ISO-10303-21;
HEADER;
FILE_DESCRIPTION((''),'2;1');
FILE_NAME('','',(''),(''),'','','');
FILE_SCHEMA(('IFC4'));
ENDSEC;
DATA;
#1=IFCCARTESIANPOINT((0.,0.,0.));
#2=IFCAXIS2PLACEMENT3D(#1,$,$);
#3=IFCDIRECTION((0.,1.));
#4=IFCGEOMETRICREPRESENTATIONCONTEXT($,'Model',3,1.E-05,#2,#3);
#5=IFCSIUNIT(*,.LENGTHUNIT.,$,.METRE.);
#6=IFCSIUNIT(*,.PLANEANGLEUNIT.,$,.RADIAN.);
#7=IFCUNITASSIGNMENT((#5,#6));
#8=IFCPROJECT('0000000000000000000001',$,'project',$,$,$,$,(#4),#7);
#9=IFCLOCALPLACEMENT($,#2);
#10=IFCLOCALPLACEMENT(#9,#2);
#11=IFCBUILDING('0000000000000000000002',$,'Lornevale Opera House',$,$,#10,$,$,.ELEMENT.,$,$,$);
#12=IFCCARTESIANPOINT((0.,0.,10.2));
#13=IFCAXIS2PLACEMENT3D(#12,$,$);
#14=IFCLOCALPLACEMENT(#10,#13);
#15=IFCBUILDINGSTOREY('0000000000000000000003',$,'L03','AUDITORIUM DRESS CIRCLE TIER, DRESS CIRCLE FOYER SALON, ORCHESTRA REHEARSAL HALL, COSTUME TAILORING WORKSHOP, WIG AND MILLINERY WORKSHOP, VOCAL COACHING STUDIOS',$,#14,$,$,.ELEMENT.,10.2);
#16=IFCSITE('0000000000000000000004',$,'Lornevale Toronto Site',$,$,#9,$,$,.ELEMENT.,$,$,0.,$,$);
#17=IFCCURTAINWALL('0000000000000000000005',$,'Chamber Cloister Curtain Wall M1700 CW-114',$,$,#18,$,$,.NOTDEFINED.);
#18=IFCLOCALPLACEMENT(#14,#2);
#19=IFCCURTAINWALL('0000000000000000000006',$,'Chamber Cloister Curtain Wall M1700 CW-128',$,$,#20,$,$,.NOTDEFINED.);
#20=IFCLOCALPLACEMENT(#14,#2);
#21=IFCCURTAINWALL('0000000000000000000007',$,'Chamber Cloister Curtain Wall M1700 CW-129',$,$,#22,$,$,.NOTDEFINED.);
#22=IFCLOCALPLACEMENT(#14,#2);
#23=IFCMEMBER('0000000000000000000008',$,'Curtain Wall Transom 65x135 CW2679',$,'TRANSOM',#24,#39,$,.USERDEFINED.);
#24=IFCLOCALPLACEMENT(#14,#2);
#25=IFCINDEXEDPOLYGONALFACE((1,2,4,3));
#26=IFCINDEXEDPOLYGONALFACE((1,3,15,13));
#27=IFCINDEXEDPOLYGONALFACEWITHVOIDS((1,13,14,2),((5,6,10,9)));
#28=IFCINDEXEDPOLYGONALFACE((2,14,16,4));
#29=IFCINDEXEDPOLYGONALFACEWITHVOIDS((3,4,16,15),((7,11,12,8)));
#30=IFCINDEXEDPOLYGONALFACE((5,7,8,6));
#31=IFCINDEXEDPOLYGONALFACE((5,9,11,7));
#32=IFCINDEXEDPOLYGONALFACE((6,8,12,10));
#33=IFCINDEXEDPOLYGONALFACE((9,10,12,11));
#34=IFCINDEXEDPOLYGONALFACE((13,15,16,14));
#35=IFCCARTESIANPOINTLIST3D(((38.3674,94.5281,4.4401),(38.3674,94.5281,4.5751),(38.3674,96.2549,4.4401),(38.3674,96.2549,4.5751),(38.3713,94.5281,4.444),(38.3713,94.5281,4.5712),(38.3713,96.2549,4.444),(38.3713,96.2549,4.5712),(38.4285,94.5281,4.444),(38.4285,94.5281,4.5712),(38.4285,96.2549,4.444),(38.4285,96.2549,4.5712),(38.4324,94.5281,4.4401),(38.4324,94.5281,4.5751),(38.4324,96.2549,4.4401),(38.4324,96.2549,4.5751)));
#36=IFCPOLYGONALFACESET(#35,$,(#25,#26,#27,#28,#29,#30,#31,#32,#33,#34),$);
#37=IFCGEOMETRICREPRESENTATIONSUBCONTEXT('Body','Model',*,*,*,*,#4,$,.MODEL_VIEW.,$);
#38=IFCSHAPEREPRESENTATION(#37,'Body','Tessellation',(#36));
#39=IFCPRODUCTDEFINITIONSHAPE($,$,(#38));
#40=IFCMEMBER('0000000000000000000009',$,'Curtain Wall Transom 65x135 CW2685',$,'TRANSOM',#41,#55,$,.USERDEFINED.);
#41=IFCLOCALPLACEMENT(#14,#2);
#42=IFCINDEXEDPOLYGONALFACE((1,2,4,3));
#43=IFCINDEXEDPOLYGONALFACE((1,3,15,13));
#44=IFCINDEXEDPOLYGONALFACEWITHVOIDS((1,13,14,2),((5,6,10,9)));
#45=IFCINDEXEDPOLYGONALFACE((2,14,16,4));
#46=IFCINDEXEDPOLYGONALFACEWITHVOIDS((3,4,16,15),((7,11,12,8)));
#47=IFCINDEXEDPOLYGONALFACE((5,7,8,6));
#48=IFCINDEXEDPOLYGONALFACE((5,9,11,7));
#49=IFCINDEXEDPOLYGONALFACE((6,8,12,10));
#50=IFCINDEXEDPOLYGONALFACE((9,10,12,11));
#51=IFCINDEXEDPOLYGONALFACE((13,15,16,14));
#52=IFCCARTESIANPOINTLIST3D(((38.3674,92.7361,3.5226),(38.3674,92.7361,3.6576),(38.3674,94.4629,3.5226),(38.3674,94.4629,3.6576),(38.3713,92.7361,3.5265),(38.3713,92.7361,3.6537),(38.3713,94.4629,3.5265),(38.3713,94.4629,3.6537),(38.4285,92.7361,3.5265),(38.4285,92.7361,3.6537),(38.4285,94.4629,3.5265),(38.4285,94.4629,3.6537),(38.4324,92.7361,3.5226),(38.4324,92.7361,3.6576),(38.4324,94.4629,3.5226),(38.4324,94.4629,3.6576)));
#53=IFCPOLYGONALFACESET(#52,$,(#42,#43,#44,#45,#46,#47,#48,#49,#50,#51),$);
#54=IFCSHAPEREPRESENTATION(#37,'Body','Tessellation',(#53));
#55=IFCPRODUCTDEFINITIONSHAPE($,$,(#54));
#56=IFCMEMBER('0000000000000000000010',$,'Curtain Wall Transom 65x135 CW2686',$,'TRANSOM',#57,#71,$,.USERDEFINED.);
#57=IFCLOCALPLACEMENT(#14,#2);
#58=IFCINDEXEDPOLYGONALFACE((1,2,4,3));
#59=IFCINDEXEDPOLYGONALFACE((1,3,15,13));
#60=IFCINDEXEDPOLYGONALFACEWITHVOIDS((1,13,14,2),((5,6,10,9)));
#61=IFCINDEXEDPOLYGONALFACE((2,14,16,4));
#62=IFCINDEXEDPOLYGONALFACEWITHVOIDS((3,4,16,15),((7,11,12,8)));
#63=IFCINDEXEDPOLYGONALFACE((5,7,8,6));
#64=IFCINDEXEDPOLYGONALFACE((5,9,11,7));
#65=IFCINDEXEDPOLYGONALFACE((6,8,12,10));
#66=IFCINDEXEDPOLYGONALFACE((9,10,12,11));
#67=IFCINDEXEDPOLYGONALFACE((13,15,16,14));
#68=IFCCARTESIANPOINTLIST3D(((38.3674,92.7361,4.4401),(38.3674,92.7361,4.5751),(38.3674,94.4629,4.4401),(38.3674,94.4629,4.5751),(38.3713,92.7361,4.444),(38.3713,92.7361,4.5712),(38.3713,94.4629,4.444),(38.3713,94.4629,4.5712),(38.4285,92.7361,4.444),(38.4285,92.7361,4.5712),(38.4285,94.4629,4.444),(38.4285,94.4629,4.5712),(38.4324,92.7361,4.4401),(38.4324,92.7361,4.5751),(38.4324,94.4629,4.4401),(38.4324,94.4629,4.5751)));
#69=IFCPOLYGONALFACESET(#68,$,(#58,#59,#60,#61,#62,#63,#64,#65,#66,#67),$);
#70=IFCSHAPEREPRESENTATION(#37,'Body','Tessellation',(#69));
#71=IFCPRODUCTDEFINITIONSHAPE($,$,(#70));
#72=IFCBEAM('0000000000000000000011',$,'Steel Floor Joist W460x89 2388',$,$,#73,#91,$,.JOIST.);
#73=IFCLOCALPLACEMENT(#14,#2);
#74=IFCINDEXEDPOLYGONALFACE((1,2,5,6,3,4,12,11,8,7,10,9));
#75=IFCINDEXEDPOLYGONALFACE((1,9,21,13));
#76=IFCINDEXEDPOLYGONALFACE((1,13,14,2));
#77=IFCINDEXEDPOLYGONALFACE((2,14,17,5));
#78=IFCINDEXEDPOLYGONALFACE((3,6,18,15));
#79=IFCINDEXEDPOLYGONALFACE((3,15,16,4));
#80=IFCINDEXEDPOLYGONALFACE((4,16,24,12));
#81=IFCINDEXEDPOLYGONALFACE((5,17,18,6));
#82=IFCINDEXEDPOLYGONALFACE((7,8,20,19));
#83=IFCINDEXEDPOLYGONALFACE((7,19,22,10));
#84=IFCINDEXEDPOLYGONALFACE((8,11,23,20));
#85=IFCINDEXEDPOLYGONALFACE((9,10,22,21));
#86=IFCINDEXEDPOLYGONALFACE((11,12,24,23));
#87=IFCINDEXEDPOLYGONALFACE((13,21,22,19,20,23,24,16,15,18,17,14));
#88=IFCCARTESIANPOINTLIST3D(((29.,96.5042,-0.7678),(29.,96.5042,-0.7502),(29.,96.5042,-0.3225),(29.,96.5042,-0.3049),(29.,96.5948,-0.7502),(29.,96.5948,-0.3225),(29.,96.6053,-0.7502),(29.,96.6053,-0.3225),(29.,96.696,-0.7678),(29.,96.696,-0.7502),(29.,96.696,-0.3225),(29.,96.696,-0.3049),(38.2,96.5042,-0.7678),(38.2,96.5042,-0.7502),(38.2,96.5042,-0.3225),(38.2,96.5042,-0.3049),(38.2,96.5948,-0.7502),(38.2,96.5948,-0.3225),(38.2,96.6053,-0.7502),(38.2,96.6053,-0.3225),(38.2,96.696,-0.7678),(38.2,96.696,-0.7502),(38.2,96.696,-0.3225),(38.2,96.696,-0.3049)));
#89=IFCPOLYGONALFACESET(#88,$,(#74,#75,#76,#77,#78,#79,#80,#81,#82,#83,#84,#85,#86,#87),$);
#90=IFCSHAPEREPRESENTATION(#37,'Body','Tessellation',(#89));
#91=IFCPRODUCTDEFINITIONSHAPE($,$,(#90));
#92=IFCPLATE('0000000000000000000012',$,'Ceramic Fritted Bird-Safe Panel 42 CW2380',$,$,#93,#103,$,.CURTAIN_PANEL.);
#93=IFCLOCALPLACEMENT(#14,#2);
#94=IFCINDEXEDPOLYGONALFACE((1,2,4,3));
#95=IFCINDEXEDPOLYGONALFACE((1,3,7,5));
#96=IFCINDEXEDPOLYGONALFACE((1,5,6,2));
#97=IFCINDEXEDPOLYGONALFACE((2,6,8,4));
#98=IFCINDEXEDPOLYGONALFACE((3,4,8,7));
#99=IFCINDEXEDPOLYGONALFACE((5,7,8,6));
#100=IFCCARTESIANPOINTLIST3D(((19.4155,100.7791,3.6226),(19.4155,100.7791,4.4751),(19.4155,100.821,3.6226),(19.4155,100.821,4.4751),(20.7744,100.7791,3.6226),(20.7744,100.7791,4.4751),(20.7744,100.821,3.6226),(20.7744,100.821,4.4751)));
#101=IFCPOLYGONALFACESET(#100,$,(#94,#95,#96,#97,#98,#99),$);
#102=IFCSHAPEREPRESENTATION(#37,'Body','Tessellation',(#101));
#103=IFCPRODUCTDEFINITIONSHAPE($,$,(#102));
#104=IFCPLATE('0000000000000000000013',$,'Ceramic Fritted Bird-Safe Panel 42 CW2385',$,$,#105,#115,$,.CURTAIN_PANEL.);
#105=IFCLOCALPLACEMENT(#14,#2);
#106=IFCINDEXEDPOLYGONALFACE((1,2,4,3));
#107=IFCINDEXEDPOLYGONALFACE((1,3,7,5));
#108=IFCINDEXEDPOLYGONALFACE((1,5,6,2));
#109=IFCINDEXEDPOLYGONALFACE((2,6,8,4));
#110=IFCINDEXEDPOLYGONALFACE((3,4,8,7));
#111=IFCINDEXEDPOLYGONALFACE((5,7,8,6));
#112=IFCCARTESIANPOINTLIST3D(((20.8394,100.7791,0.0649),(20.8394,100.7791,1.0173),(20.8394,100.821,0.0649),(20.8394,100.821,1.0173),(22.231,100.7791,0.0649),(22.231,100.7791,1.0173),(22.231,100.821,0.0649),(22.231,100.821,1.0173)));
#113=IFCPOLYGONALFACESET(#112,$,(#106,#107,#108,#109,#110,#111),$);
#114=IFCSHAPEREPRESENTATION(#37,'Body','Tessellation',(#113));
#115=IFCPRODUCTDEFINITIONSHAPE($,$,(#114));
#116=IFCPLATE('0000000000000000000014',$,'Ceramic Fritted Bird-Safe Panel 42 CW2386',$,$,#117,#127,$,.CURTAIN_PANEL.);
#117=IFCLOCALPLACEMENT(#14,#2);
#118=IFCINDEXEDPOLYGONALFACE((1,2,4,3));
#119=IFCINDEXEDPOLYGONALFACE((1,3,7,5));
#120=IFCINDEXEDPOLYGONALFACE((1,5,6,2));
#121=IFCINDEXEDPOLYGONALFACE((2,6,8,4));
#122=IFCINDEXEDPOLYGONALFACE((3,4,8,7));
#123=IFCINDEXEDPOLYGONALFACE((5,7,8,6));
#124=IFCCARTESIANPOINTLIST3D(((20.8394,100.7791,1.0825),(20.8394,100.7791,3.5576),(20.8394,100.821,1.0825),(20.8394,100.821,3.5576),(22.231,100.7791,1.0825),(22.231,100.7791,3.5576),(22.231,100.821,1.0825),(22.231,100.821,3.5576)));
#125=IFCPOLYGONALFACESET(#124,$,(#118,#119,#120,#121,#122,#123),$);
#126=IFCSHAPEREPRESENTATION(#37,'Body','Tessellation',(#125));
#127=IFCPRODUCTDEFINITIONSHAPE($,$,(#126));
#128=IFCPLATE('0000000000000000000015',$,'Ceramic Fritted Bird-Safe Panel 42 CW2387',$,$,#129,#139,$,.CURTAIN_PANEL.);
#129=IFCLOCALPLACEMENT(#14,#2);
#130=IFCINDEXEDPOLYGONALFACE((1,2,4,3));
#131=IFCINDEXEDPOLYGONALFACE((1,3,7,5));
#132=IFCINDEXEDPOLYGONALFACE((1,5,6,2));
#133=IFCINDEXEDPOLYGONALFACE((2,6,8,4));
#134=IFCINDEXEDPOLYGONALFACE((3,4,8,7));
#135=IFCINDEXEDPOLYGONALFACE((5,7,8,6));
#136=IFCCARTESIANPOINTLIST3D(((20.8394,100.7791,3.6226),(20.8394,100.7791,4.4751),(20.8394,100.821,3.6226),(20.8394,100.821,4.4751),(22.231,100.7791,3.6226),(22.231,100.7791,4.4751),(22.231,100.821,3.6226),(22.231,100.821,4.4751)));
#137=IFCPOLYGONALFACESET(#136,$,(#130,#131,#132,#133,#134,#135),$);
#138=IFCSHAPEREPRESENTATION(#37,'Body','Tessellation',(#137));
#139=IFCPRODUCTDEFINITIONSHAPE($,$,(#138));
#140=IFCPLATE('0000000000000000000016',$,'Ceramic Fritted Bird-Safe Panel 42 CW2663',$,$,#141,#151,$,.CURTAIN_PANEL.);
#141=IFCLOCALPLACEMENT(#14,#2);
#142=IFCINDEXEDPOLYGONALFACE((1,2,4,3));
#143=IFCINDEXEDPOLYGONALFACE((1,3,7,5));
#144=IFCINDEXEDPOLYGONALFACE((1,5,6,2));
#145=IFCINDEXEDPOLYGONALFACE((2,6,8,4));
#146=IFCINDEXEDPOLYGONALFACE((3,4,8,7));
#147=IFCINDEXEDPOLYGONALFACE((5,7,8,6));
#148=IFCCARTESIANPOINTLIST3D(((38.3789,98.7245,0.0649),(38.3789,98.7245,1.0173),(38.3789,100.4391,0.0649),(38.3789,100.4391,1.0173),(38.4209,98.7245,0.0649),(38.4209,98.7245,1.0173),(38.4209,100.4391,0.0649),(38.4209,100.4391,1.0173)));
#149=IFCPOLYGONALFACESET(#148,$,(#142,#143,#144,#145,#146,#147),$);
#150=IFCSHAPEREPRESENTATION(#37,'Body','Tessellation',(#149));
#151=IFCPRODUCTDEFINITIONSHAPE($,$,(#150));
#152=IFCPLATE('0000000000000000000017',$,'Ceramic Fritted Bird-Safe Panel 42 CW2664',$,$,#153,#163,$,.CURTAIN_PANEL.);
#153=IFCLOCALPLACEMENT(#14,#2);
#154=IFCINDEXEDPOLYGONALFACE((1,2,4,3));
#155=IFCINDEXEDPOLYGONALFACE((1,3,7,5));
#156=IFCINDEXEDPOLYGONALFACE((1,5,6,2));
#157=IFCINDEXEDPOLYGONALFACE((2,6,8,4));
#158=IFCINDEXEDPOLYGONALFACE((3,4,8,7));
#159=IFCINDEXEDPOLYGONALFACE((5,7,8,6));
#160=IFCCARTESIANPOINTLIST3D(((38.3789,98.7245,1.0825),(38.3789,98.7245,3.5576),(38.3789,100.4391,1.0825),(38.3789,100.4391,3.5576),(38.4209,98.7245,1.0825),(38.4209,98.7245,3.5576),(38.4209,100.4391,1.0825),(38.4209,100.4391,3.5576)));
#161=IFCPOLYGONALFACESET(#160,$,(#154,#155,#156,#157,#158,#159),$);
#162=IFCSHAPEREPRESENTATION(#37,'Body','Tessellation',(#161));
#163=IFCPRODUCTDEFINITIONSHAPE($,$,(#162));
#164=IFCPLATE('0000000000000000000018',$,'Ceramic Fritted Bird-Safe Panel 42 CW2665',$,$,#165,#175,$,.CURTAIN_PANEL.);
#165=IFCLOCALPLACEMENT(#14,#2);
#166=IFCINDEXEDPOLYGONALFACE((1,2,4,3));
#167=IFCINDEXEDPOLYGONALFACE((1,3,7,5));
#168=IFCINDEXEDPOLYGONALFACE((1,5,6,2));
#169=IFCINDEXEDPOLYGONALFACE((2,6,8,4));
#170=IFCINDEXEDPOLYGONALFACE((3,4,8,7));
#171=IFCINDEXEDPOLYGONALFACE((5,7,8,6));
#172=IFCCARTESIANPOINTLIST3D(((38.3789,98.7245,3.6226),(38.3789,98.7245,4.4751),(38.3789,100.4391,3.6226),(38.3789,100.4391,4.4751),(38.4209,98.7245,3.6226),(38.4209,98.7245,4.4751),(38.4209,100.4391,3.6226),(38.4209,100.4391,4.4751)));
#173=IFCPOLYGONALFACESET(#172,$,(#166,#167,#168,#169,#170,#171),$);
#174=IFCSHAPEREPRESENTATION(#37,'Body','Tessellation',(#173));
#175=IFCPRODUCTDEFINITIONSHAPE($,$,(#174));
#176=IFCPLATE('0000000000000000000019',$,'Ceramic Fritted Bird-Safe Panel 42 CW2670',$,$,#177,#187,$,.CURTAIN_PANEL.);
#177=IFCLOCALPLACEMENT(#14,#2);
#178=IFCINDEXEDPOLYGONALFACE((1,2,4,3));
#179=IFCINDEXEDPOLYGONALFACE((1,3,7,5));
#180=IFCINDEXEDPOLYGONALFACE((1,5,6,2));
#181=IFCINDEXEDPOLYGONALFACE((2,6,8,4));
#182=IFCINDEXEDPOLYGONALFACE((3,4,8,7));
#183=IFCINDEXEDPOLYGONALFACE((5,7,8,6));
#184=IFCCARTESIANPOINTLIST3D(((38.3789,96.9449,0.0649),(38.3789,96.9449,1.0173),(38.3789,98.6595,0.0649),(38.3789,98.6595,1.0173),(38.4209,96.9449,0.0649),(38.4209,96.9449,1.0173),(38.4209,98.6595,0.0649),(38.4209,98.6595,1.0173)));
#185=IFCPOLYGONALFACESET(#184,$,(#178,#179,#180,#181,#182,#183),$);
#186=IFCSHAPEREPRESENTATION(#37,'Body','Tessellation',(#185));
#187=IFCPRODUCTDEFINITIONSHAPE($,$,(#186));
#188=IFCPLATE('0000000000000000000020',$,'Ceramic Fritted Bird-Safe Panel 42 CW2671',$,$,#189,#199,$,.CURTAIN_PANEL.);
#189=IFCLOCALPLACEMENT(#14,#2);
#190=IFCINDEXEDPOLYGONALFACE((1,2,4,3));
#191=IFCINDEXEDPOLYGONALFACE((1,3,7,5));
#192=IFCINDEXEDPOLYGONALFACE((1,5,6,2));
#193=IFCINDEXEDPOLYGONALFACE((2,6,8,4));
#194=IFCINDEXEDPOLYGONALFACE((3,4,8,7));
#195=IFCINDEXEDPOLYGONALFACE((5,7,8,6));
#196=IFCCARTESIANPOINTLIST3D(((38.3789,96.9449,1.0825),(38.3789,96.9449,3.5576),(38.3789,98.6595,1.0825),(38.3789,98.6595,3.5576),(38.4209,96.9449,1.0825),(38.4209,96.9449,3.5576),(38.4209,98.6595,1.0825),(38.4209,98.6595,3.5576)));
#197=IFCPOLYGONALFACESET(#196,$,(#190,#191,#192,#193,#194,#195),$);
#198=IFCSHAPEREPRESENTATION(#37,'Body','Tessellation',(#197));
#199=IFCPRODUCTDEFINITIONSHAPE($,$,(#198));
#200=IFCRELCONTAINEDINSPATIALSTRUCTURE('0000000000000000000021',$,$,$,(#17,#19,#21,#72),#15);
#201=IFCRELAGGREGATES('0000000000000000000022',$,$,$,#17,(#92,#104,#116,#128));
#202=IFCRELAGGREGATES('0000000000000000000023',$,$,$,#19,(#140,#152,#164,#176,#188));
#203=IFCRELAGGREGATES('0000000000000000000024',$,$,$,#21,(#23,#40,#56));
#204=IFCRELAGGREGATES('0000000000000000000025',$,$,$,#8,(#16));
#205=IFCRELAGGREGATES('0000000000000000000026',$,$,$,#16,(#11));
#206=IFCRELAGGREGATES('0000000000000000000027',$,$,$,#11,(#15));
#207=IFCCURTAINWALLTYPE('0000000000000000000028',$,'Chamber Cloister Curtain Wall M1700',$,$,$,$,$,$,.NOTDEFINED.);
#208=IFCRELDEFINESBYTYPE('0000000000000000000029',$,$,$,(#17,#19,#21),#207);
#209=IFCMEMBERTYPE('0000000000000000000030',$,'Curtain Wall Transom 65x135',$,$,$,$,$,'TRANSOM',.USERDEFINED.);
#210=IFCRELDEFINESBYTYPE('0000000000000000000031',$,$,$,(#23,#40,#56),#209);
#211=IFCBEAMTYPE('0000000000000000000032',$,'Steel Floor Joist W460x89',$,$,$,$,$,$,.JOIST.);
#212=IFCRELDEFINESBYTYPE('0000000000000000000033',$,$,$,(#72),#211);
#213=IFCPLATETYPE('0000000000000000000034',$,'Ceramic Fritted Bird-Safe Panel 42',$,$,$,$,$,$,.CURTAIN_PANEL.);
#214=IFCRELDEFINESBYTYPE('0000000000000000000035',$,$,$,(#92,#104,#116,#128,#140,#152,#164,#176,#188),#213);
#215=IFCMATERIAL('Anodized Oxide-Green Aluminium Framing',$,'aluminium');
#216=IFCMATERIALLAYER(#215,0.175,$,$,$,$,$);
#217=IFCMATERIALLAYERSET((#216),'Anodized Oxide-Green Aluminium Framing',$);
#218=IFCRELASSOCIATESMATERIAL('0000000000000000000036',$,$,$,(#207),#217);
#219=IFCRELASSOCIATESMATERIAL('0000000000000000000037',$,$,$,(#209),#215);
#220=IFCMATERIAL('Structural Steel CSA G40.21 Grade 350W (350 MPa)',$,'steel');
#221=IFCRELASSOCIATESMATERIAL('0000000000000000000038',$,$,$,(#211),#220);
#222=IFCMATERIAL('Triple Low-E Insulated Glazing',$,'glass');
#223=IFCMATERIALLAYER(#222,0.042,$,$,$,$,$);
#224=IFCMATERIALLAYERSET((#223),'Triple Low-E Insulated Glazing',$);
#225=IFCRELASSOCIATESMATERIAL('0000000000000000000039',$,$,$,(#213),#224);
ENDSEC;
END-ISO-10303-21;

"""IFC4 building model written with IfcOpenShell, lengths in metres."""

from ifc_helpers import new_model, si_unit, direction, frame, origin, origin_2d, place, context, subcontext, project, spatial, rectangle, hollow_rectangle, i_section, extrude, material, layer, layer_set, material_profile, profile_set, type_object, element, aggregate, save


model = new_model("IFC4")

# Units and contexts
model_context = context("Model", 3, precision=1e-05, world=origin(), true_north=direction((0.0, 1.0)))
body_context = subcontext(model_context, "Body", "Model", "MODEL_VIEW")
ifc_project = project(units=[si_unit("LENGTHUNIT", "METRE"), si_unit("PLANEANGLEUNIT", "RADIAN")], contexts=[model_context])

# Site, building, storey
site_placement = place(None, origin())
site = spatial("IfcSite", under=ifc_project, at=site_placement, Name="Lornevale Toronto Site", CompositionType="ELEMENT", RefElevation=0.0)
building_placement = place(site_placement, origin())
building = spatial("IfcBuilding", under=site, at=building_placement, Name="Lornevale Opera House", CompositionType="ELEMENT")
storey_placement = place(building_placement, frame((0.0, 0.0, 10.2)))
storey = spatial("IfcBuildingStorey", under=building, at=storey_placement, Name="L03", Description="AUDITORIUM DRESS CIRCLE TIER, DRESS CIRCLE FOYER SALON, ORCHESTRA REHEARSAL HALL, COSTUME TAILORING WORKSHOP, WIG AND MILLINERY WORKSHOP, VOCAL COACHING STUDIOS", CompositionType="ELEMENT", Elevation=10.2)

# Curtain walls
ifc_material_1 = material(Name="Anodized Oxide-Green Aluminium Framing", Category="aluminium")
ifc_layer_1 = layer(ifc_material_1, 0.175)
ifc_layer_set_1 = layer_set([ifc_layer_1], Name="Anodized Oxide-Green Aluminium Framing")
curtain_wall_type = type_object("IfcCurtainWallType", Name="Chamber Cloister Curtain Wall M1700", PredefinedType="NOTDEFINED", material=ifc_layer_set_1)
curtain_wall_1_placement = place(storey_placement, origin())
curtain_wall_1 = element("IfcCurtainWall", 1, at=curtain_wall_1_placement, inside=storey, type_object=curtain_wall_type, Name="Chamber Cloister Curtain Wall M1700 CW-114", PredefinedType="NOTDEFINED")
curtain_wall_2_placement = place(storey_placement, origin())
curtain_wall_2 = element("IfcCurtainWall", 2, at=curtain_wall_2_placement, inside=storey, type_object=curtain_wall_type, Name="Chamber Cloister Curtain Wall M1700 CW-128", PredefinedType="NOTDEFINED")
curtain_wall_3_placement = place(storey_placement, origin())
curtain_wall_3 = element("IfcCurtainWall", 3, at=curtain_wall_3_placement, inside=storey, type_object=curtain_wall_type, Name="Chamber Cloister Curtain Wall M1700 CW-129", PredefinedType="NOTDEFINED")

# Members
ifc_material_profile_1 = material_profile(ifc_material_1, hollow_rectangle(XDim=0.0649, YDim=0.135, WallThickness=0.0039, at=origin_2d()), Name="ALU65x135x4")
ifc_profile_set_1 = profile_set([ifc_material_profile_1], Name="Anodized Oxide-Green Aluminium Framing")
member_type_1 = type_object("IfcMemberType", Name="Curtain Wall Transom 65x135", ElementType="TRANSOM", PredefinedType="USERDEFINED", material=ifc_profile_set_1)
member_1_placement = place(storey_placement, frame((38.3999, 96.2549, 4.5076), z_axis=(0.0, -1.0, 0.0), x_axis=(1.0, 0.0, 0.0)))
member_1 = element("IfcMember", 4, at=member_1_placement, type_object=member_type_1, Name="Curtain Wall Transom 65x135 CW2679", ObjectType="TRANSOM", PredefinedType="USERDEFINED", context=body_context, shape_type="SweptSolid", body=[
    extrude(hollow_rectangle(XDim=0.0649, YDim=0.135, WallThickness=0.0039, at=origin_2d()), origin(), (0.0, 0.0, 1.0), 1.7268),
])
member_2_placement = place(storey_placement, frame((38.3999, 94.4629, 3.5901), z_axis=(0.0, -1.0, 0.0), x_axis=(1.0, 0.0, 0.0)))
member_2 = element("IfcMember", 5, at=member_2_placement, type_object=member_type_1, Name="Curtain Wall Transom 65x135 CW2685", ObjectType="TRANSOM", PredefinedType="USERDEFINED", context=body_context, shape_type="SweptSolid", body=[
    extrude(hollow_rectangle(XDim=0.0649, YDim=0.135, WallThickness=0.0039, at=origin_2d()), origin(), (0.0, 0.0, 1.0), 1.7268),
])
member_3_placement = place(storey_placement, frame((38.3999, 94.4629, 4.5076), z_axis=(0.0, -1.0, 0.0), x_axis=(1.0, 0.0, 0.0)))
member_3 = element("IfcMember", 6, at=member_3_placement, type_object=member_type_1, Name="Curtain Wall Transom 65x135 CW2686", ObjectType="TRANSOM", PredefinedType="USERDEFINED", context=body_context, shape_type="SweptSolid", body=[
    extrude(hollow_rectangle(XDim=0.0649, YDim=0.135, WallThickness=0.0039, at=origin_2d()), origin(), (0.0, 0.0, 1.0), 1.7268),
])

# Beam
ifc_material_2 = material(Name="Structural Steel CSA G40.21 Grade 350W (350 MPa)", Category="steel")
ifc_material_profile_2 = material_profile(ifc_material_2, i_section(OverallWidth=0.1919, OverallDepth=0.4629, WebThickness=0.0105, FlangeThickness=0.0176, at=origin_2d()), Name="W460x89")
ifc_profile_set_2 = profile_set([ifc_material_profile_2], Name="Structural Steel CSA G40.21 Grade 350W (350 MPa)")
beam_type = type_object("IfcBeamType", Name="Steel Floor Joist W460x89", PredefinedType="JOIST", material=ifc_profile_set_2)
beam_placement = place(storey_placement, frame((29.0, 96.6001, -0.5364), z_axis=(1.0, 0.0, 0.0), x_axis=(0.0, 1.0, 0.0)))
element("IfcBeam", 7, at=beam_placement, inside=storey, type_object=beam_type, Name="Steel Floor Joist W460x89 2388", PredefinedType="JOIST", context=body_context, shape_type="SweptSolid", body=[
    extrude(i_section(OverallWidth=0.1919, OverallDepth=0.4629, WebThickness=0.0105, FlangeThickness=0.0176, at=origin_2d()), origin(), (0.0, 0.0, 1.0), 9.2),
])

# Plates
ifc_material_3 = material(Name="Triple Low-E Insulated Glazing", Category="glass")
ifc_layer_2 = layer(ifc_material_3, 0.042)
ifc_layer_set_2 = layer_set([ifc_layer_2], Name="Triple Low-E Insulated Glazing")
plate_type = type_object("IfcPlateType", Name="Ceramic Fritted Bird-Safe Panel 42", PredefinedType="CURTAIN_PANEL", material=ifc_layer_set_2)
plate_1_placement = place(storey_placement, frame((20.095, 100.8, 3.6226), z_axis=(0.0, 0.0, 1.0), x_axis=(1.0, 0.0, 0.0)))
plate_1 = element("IfcPlate", 8, at=plate_1_placement, type_object=plate_type, Name="Ceramic Fritted Bird-Safe Panel 42 CW2380", PredefinedType="CURTAIN_PANEL", context=body_context, shape_type="SweptSolid", body=[
    extrude(rectangle(XDim=1.3589, YDim=0.042, at=origin_2d()), origin(), (0.0, 0.0, 1.0), 0.8525),
])
plate_2_placement = place(storey_placement, frame((21.5352, 100.8, 0.0649), z_axis=(0.0, 0.0, 1.0), x_axis=(1.0, 0.0, 0.0)))
plate_2 = element("IfcPlate", 9, at=plate_2_placement, type_object=plate_type, Name="Ceramic Fritted Bird-Safe Panel 42 CW2385", PredefinedType="CURTAIN_PANEL", context=body_context, shape_type="SweptSolid", body=[
    extrude(rectangle(XDim=1.3916, YDim=0.042, at=origin_2d()), origin(), (0.0, 0.0, 1.0), 0.9524),
])
plate_3_placement = place(storey_placement, frame((21.5352, 100.8, 1.0825), z_axis=(0.0, 0.0, 1.0), x_axis=(1.0, 0.0, 0.0)))
plate_3 = element("IfcPlate", 10, at=plate_3_placement, type_object=plate_type, Name="Ceramic Fritted Bird-Safe Panel 42 CW2386", PredefinedType="CURTAIN_PANEL", context=body_context, shape_type="SweptSolid", body=[
    extrude(rectangle(XDim=1.3916, YDim=0.042, at=origin_2d()), origin(), (0.0, 0.0, 1.0), 2.4751),
])
plate_4_placement = place(storey_placement, frame((21.5352, 100.8, 3.6226), z_axis=(0.0, 0.0, 1.0), x_axis=(1.0, 0.0, 0.0)))
plate_4 = element("IfcPlate", 11, at=plate_4_placement, type_object=plate_type, Name="Ceramic Fritted Bird-Safe Panel 42 CW2387", PredefinedType="CURTAIN_PANEL", context=body_context, shape_type="SweptSolid", body=[
    extrude(rectangle(XDim=1.3916, YDim=0.042, at=origin_2d()), origin(), (0.0, 0.0, 1.0), 0.8525),
])
aggregate(curtain_wall_1, [plate_1, plate_2, plate_3, plate_4])
plate_5_placement = place(storey_placement, frame((38.3999, 99.5818, 0.0649), z_axis=(0.0, 0.0, 1.0), x_axis=(0.0, -1.0, 0.0)))
plate_5 = element("IfcPlate", 12, at=plate_5_placement, type_object=plate_type, Name="Ceramic Fritted Bird-Safe Panel 42 CW2663", PredefinedType="CURTAIN_PANEL", context=body_context, shape_type="SweptSolid", body=[
    extrude(rectangle(XDim=1.7146, YDim=0.042, at=origin_2d()), origin(), (0.0, 0.0, 1.0), 0.9524),
])
plate_6_placement = place(storey_placement, frame((38.3999, 99.5818, 1.0825), z_axis=(0.0, 0.0, 1.0), x_axis=(0.0, -1.0, 0.0)))
plate_6 = element("IfcPlate", 13, at=plate_6_placement, type_object=plate_type, Name="Ceramic Fritted Bird-Safe Panel 42 CW2664", PredefinedType="CURTAIN_PANEL", context=body_context, shape_type="SweptSolid", body=[
    extrude(rectangle(XDim=1.7146, YDim=0.042, at=origin_2d()), origin(), (0.0, 0.0, 1.0), 2.4751),
])
plate_7_placement = place(storey_placement, frame((38.3999, 99.5818, 3.6226), z_axis=(0.0, 0.0, 1.0), x_axis=(0.0, -1.0, 0.0)))
plate_7 = element("IfcPlate", 14, at=plate_7_placement, type_object=plate_type, Name="Ceramic Fritted Bird-Safe Panel 42 CW2665", PredefinedType="CURTAIN_PANEL", context=body_context, shape_type="SweptSolid", body=[
    extrude(rectangle(XDim=1.7146, YDim=0.042, at=origin_2d()), origin(), (0.0, 0.0, 1.0), 0.8525),
])
plate_8_placement = place(storey_placement, frame((38.3999, 97.8022, 0.0649), z_axis=(0.0, 0.0, 1.0), x_axis=(0.0, -1.0, 0.0)))
plate_8 = element("IfcPlate", 15, at=plate_8_placement, type_object=plate_type, Name="Ceramic Fritted Bird-Safe Panel 42 CW2670", PredefinedType="CURTAIN_PANEL", context=body_context, shape_type="SweptSolid", body=[
    extrude(rectangle(XDim=1.7146, YDim=0.042, at=origin_2d()), origin(), (0.0, 0.0, 1.0), 0.9524),
])
plate_9_placement = place(storey_placement, frame((38.3999, 97.8022, 1.0825), z_axis=(0.0, 0.0, 1.0), x_axis=(0.0, -1.0, 0.0)))
plate_9 = element("IfcPlate", 16, at=plate_9_placement, type_object=plate_type, Name="Ceramic Fritted Bird-Safe Panel 42 CW2671", PredefinedType="CURTAIN_PANEL", context=body_context, shape_type="SweptSolid", body=[
    extrude(rectangle(XDim=1.7146, YDim=0.042, at=origin_2d()), origin(), (0.0, 0.0, 1.0), 2.4751),
])
aggregate(curtain_wall_2, [plate_5, plate_6, plate_7, plate_8, plate_9])
aggregate(curtain_wall_3, [member_1, member_2, member_3])

save(model, "model.ifc")
